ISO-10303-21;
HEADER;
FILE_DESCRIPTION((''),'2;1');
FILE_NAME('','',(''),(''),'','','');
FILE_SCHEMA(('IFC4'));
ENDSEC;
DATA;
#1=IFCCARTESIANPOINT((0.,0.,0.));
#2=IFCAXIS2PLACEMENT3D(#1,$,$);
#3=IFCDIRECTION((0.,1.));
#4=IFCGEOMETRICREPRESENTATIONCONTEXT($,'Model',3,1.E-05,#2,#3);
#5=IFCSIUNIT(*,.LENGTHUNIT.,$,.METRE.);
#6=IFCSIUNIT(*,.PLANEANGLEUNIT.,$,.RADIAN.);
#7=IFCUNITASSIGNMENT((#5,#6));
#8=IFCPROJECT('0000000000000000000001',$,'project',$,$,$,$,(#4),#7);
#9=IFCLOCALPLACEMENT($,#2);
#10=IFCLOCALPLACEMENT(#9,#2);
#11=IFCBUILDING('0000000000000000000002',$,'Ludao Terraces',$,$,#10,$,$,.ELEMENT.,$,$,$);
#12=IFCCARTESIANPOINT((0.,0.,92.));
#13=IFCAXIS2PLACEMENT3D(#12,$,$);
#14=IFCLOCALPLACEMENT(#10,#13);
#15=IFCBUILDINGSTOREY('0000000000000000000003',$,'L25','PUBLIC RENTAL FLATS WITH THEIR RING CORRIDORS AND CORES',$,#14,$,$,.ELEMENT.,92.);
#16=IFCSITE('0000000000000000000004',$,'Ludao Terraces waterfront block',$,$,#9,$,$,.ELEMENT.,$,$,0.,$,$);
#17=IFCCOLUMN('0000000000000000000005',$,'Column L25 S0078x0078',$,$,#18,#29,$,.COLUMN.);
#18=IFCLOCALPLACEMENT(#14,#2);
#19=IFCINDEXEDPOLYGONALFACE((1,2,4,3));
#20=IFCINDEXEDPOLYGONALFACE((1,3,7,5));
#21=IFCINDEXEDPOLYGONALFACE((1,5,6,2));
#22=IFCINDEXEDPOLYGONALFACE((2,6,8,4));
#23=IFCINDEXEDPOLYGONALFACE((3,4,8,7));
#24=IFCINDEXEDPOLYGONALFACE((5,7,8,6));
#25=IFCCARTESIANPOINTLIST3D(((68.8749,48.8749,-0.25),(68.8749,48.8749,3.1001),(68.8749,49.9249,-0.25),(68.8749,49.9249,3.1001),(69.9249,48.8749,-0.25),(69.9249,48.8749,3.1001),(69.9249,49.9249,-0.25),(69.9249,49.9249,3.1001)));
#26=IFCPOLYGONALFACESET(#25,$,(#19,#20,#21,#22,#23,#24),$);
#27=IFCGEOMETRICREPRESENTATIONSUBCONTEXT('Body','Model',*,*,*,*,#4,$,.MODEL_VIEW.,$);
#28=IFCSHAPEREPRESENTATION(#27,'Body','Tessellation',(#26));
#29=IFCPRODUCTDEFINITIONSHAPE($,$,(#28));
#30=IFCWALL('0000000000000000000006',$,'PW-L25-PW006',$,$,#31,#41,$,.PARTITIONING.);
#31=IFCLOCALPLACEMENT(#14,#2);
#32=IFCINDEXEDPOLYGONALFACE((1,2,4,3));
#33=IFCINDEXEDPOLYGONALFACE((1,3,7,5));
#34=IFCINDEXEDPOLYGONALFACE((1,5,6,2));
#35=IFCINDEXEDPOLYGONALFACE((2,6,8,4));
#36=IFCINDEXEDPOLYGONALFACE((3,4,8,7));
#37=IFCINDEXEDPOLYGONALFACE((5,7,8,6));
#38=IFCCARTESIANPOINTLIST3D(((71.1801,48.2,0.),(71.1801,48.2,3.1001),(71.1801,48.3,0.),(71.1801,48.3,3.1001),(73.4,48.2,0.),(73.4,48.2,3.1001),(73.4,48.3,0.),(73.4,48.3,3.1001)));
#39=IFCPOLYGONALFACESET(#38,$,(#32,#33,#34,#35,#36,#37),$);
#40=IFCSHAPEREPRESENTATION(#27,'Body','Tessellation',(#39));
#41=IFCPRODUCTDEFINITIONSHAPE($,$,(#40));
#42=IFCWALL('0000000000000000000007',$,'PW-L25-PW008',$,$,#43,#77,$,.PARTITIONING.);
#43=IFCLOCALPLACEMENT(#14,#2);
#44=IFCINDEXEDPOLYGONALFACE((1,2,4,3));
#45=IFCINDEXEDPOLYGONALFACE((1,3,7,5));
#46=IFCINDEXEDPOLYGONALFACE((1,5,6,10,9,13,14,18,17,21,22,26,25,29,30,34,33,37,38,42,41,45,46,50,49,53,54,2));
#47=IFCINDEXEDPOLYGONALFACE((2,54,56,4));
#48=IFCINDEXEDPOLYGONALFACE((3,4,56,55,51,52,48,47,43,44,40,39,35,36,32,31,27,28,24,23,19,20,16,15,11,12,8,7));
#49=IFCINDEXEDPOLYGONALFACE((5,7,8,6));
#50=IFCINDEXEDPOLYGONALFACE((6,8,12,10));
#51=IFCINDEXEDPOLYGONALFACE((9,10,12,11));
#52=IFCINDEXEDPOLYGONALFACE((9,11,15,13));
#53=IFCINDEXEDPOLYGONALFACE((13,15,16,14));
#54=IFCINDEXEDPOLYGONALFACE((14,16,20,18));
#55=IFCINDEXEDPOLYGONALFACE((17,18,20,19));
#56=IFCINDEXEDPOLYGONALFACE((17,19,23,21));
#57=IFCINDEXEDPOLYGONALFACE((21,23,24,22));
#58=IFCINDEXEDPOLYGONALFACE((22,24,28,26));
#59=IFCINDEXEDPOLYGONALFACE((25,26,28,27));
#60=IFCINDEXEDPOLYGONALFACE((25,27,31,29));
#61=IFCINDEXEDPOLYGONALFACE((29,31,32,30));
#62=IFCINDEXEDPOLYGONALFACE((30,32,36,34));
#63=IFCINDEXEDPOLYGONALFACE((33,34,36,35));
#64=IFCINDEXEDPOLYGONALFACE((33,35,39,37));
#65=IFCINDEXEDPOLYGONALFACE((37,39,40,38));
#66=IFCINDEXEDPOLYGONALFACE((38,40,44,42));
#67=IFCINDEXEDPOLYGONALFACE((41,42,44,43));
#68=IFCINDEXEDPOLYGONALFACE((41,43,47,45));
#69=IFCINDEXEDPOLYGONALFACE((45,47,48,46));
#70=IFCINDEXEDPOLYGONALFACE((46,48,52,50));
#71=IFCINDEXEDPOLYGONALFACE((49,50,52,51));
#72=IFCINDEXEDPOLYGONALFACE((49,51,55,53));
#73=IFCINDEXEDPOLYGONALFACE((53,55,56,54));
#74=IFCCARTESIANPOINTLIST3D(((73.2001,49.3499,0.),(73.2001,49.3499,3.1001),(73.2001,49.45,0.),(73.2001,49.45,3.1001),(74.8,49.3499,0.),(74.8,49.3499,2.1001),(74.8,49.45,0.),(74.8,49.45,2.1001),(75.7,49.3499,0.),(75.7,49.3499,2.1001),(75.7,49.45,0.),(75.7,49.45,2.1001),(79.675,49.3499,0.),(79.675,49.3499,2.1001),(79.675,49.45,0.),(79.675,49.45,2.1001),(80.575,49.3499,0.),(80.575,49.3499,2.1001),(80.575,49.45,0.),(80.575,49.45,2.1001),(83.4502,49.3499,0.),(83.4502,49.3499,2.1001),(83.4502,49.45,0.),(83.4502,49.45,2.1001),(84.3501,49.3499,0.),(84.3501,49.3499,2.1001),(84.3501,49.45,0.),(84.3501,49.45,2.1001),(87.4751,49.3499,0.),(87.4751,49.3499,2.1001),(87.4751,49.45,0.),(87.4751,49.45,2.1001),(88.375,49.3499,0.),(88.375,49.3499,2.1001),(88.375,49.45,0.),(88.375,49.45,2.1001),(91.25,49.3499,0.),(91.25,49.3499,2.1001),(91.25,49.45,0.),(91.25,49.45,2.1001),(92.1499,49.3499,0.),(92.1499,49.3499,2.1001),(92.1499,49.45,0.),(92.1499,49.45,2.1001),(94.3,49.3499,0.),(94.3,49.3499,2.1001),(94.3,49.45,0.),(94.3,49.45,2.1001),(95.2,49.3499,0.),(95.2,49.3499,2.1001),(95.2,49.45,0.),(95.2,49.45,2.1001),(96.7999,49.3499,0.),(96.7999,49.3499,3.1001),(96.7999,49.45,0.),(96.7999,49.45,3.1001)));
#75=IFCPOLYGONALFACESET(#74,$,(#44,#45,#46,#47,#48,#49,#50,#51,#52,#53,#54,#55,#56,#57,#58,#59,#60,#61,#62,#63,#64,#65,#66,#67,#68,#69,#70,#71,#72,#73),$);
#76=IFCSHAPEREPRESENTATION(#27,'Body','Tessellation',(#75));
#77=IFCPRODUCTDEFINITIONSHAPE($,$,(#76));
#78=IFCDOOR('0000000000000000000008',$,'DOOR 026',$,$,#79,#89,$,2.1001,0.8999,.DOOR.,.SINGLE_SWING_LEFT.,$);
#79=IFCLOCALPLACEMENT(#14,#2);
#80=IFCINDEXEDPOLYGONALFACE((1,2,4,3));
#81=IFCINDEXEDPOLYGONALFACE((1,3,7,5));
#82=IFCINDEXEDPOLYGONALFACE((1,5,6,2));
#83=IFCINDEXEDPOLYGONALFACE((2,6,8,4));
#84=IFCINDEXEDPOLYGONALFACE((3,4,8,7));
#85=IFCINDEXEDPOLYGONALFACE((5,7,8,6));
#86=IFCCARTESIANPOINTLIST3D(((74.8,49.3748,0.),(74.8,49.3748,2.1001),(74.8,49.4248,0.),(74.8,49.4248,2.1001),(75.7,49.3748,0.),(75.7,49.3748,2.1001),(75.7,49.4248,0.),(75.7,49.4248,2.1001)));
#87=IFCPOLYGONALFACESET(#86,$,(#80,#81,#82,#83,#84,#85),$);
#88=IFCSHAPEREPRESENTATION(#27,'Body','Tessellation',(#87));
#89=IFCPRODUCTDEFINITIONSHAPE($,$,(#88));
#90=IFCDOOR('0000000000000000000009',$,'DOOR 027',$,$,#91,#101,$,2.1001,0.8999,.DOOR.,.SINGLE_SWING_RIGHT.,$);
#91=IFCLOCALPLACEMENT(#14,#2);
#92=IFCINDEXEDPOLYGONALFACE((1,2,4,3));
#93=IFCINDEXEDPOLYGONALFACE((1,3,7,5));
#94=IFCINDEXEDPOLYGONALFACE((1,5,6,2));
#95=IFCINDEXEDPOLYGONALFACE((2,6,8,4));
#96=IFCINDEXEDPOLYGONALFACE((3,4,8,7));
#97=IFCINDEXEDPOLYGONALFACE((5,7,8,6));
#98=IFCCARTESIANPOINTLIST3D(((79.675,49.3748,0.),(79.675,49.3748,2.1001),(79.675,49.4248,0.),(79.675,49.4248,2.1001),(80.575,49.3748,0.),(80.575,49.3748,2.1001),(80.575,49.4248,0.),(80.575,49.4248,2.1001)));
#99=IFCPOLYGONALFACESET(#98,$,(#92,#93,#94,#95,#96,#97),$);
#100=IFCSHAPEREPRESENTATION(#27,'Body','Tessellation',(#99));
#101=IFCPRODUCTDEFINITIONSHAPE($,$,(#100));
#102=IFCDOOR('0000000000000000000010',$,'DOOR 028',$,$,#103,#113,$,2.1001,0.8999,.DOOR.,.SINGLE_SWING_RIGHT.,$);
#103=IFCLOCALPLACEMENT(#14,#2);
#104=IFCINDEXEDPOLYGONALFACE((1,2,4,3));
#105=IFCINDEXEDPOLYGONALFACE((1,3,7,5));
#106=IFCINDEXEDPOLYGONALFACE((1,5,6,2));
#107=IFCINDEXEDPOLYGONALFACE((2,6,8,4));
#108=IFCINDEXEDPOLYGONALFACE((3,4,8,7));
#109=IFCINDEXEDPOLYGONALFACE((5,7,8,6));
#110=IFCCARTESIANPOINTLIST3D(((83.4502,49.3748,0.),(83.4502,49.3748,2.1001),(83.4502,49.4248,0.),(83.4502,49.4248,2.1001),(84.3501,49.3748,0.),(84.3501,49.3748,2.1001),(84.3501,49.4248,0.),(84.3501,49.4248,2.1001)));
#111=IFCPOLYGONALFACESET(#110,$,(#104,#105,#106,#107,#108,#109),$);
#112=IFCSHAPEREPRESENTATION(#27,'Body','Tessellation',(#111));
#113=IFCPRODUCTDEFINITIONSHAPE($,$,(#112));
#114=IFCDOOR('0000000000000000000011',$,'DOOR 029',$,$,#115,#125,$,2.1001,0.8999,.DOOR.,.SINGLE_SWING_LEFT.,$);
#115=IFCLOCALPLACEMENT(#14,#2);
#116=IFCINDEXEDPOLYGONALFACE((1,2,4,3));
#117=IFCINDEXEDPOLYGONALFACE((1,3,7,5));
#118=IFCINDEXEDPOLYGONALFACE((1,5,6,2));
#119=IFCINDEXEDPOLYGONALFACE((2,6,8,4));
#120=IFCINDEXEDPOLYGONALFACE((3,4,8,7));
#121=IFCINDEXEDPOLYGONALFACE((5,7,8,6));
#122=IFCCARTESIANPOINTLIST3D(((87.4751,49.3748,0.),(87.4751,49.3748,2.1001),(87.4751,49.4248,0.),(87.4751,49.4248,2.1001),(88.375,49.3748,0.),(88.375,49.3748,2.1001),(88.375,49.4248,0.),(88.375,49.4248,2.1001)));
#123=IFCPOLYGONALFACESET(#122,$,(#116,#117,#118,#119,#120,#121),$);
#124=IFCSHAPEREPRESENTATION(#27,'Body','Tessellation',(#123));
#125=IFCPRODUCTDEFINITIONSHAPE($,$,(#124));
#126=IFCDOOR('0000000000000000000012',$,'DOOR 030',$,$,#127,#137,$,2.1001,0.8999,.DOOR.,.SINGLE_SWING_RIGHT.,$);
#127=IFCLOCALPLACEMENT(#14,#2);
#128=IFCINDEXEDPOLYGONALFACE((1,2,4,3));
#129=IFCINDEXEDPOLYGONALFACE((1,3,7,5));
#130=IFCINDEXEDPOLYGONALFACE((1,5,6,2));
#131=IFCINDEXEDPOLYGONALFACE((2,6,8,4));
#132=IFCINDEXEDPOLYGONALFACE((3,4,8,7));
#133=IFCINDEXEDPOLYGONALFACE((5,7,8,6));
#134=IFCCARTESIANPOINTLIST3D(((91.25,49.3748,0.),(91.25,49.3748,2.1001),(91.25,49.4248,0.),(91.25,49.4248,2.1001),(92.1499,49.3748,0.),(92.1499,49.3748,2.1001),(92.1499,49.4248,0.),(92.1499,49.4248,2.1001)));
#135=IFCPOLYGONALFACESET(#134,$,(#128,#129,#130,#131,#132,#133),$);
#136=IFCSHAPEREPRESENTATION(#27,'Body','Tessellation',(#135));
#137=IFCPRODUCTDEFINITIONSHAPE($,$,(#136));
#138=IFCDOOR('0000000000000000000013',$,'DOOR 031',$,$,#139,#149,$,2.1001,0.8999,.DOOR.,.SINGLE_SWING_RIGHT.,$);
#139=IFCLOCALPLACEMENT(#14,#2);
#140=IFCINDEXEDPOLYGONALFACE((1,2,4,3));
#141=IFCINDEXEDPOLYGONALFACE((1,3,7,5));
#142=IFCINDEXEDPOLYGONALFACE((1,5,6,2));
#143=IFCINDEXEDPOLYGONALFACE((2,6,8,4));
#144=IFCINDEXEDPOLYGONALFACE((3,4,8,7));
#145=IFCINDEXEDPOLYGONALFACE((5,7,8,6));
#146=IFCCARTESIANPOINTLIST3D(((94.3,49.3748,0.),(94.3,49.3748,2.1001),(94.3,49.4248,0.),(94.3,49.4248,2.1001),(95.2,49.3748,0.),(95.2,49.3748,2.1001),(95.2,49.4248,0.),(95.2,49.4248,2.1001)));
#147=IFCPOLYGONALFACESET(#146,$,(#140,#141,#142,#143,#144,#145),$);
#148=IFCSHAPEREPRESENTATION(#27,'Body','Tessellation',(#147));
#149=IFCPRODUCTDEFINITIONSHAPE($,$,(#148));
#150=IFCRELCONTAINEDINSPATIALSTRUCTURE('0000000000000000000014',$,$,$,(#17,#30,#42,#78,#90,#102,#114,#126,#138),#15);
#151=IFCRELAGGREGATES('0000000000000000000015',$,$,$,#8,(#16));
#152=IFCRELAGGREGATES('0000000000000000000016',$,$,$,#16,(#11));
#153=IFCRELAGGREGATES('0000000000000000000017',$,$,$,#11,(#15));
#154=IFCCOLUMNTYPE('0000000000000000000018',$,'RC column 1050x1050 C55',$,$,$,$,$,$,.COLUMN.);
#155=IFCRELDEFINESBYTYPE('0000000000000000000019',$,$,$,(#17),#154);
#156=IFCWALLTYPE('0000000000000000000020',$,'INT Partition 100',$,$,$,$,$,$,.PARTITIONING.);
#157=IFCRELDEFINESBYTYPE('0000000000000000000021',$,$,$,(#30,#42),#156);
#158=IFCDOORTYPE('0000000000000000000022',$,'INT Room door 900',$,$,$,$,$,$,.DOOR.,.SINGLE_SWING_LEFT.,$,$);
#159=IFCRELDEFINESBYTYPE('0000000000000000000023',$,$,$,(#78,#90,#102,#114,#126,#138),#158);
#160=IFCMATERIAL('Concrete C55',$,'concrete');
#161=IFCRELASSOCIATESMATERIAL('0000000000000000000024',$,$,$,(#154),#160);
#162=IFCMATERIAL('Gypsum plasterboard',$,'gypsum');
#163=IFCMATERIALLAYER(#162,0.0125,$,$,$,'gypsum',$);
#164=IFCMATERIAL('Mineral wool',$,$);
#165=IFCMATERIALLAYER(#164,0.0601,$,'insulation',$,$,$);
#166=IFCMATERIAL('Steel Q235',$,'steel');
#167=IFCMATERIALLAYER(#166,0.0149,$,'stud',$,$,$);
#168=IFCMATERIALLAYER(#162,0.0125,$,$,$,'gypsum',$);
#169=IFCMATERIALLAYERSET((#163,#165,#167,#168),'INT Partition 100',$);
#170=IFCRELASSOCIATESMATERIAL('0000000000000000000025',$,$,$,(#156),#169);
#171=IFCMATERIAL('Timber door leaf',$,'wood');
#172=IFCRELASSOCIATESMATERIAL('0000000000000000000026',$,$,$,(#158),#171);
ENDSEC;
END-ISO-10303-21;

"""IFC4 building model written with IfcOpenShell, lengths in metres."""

from ifc_helpers import new_model, si_unit, direction, frame, frame_2d, origin, origin_2d, place, context, subcontext, project, spatial, rectangle, extrude, material, layer, layer_set, material_profile, profile_set, type_object, element, fill, save


model = new_model("IFC4")

# Units and contexts
model_context = context("Model", 3, precision=1e-05, world=origin(), true_north=direction((0.0, 1.0)))
body_context = subcontext(model_context, "Body", "Model", "MODEL_VIEW")
ifc_project = project(units=[si_unit("LENGTHUNIT", "METRE"), si_unit("PLANEANGLEUNIT", "RADIAN")], contexts=[model_context])

# Site, building, storey
site_placement = place(None, origin())
site = spatial("IfcSite", under=ifc_project, at=site_placement, Name="Ludao Terraces waterfront block", CompositionType="ELEMENT", RefElevation=0.0)
building_placement = place(site_placement, origin())
building = spatial("IfcBuilding", under=site, at=building_placement, Name="Ludao Terraces", CompositionType="ELEMENT")
storey_placement = place(building_placement, frame((0.0, 0.0, 92.0)))
storey = spatial("IfcBuildingStorey", under=building, at=storey_placement, Name="L25", Description="PUBLIC RENTAL FLATS WITH THEIR RING CORRIDORS AND CORES", CompositionType="ELEMENT", Elevation=92.0)

# Column
ifc_material_1 = material(Name="Concrete C55", Category="concrete")
ifc_material_profile = material_profile(ifc_material_1, rectangle(XDim=1.05, YDim=1.05, at=origin_2d()), Name="1050 X 1050")
ifc_profile_set = profile_set([ifc_material_profile], Name="Concrete C55")
column_type = type_object("IfcColumnType", Name="RC column 1050x1050 C55", PredefinedType="COLUMN", material=ifc_profile_set)
column_placement = place(storey_placement, frame((69.3999, 49.3999, -0.25), z_axis=(0.0, 0.0, 1.0), x_axis=(1.0, 0.0, 0.0)))
element("IfcColumn", 1, at=column_placement, inside=storey, type_object=column_type, Name="Column L25 S0078x0078", PredefinedType="COLUMN", context=body_context, shape_type="SweptSolid", body=[
    extrude(rectangle(XDim=1.05, YDim=1.05, at=origin_2d()), origin(), (0.0, 0.0, 1.0), 3.3501),
])

# Wall
ifc_material_2 = material(Name="Gypsum plasterboard", Category="gypsum")
ifc_layer_1 = layer(ifc_material_2, 0.0125, Category="gypsum")
ifc_material_3 = material(Name="Mineral wool")
ifc_layer_2 = layer(ifc_material_3, 0.0601, Name="insulation")
ifc_material_4 = material(Name="Steel Q235", Category="steel")
ifc_layer_3 = layer(ifc_material_4, 0.0149, Name="stud")
ifc_layer_4 = layer(ifc_material_2, 0.0125, Category="gypsum")
ifc_layer_set = layer_set([ifc_layer_1, ifc_layer_2, ifc_layer_3, ifc_layer_4], Name="INT Partition 100")
wall_type = type_object("IfcWallType", Name="INT Partition 100", PredefinedType="PARTITIONING", material=ifc_layer_set)
wall_1_placement = place(storey_placement, frame((71.1802, 48.25, 0.0), z_axis=(0.0, 0.0, 1.0), x_axis=(1.0, 0.0, 0.0)))
element("IfcWall", 2, at=wall_1_placement, inside=storey, type_object=wall_type, Name="PW-L25-PW006", PredefinedType="PARTITIONING", context=body_context, shape_type="SweptSolid", body=[
    extrude(rectangle(XDim=2.22, YDim=0.1001, at=frame_2d((1.1099, 0.0))), origin(), (0.0, 0.0, 1.0), 3.1001),
])

# Wall, openings, doors
wall_2_placement = place(storey_placement, frame((73.2002, 49.3999, 0.0), z_axis=(0.0, 0.0, 1.0), x_axis=(1.0, 0.0, 0.0)))
wall_2 = element("IfcWall", 3, at=wall_2_placement, inside=storey, type_object=wall_type, Name="PW-L25-PW008", PredefinedType="PARTITIONING", context=body_context, shape_type="SweptSolid", body=[
    extrude(rectangle(XDim=23.5999, YDim=0.1001, at=frame_2d((11.7998, 0.0))), origin(), (0.0, 0.0, 1.0), 3.1001),
])
opening_1_placement = place(wall_2_placement, frame((1.5999, 0.0, 0.0)))
opening_1 = element("IfcOpeningElement", 4, at=opening_1_placement, cuts=wall_2, PredefinedType="OPENING", context=body_context, shape_type="SweptSolid", body=[
    extrude(rectangle(XDim=0.8999, YDim=2.1001, at=frame_2d((0.45, 1.05))), frame((0.0, 0.0601, 0.0), z_axis=(0.0, -1.0, 0.0), x_axis=(1.0, 0.0, 0.0)), (0.0, 0.0, 1.0), 0.1201),
])
opening_2_placement = place(wall_2_placement, frame((6.4749, 0.0, 0.0)))
opening_2 = element("IfcOpeningElement", 5, at=opening_2_placement, cuts=wall_2, PredefinedType="OPENING", context=body_context, shape_type="SweptSolid", body=[
    extrude(rectangle(XDim=0.8999, YDim=2.1001, at=frame_2d((0.45, 1.05))), frame((0.0, 0.0601, 0.0), z_axis=(0.0, -1.0, 0.0), x_axis=(1.0, 0.0, 0.0)), (0.0, 0.0, 1.0), 0.1201),
])
opening_3_placement = place(wall_2_placement, frame((10.25, 0.0, 0.0)))
opening_3 = element("IfcOpeningElement", 6, at=opening_3_placement, cuts=wall_2, PredefinedType="OPENING", context=body_context, shape_type="SweptSolid", body=[
    extrude(rectangle(XDim=0.8999, YDim=2.1001, at=frame_2d((0.45, 1.05))), frame((0.0, 0.0601, 0.0), z_axis=(0.0, -1.0, 0.0), x_axis=(1.0, 0.0, 0.0)), (0.0, 0.0, 1.0), 0.1201),
])
opening_4_placement = place(wall_2_placement, frame((14.2749, 0.0, 0.0)))
opening_4 = element("IfcOpeningElement", 7, at=opening_4_placement, cuts=wall_2, PredefinedType="OPENING", context=body_context, shape_type="SweptSolid", body=[
    extrude(rectangle(XDim=0.8999, YDim=2.1001, at=frame_2d((0.45, 1.05))), frame((0.0, 0.0601, 0.0), z_axis=(0.0, -1.0, 0.0), x_axis=(1.0, 0.0, 0.0)), (0.0, 0.0, 1.0), 0.1201),
])
opening_5_placement = place(wall_2_placement, frame((18.0498, 0.0, 0.0)))
opening_5 = element("IfcOpeningElement", 8, at=opening_5_placement, cuts=wall_2, PredefinedType="OPENING", context=body_context, shape_type="SweptSolid", body=[
    extrude(rectangle(XDim=0.8999, YDim=2.1001, at=frame_2d((0.45, 1.05))), frame((0.0, 0.0601, 0.0), z_axis=(0.0, -1.0, 0.0), x_axis=(1.0, 0.0, 0.0)), (0.0, 0.0, 1.0), 0.1201),
])
opening_6_placement = place(wall_2_placement, frame((21.0999, 0.0, 0.0)))
opening_6 = element("IfcOpeningElement", 9, at=opening_6_placement, cuts=wall_2, PredefinedType="OPENING", context=body_context, shape_type="SweptSolid", body=[
    extrude(rectangle(XDim=0.8999, YDim=2.1001, at=frame_2d((0.45, 1.05))), frame((0.0, 0.0601, 0.0), z_axis=(0.0, -1.0, 0.0), x_axis=(1.0, 0.0, 0.0)), (0.0, 0.0, 1.0), 0.1201),
])
ifc_material_5 = material(Name="Timber door leaf", Category="wood")
door_type = type_object("IfcDoorType", Name="INT Room door 900", OperationType="SINGLE_SWING_LEFT", PredefinedType="DOOR", material=ifc_material_5)
door_1_placement = place(opening_1_placement, origin())
door_1 = element("IfcDoor", 10, at=door_1_placement, inside=storey, type_object=door_type, Name="DOOR 026", OperationType="SINGLE_SWING_LEFT", OverallHeight=2.1001, OverallWidth=0.8999, PredefinedType="DOOR", context=body_context, shape_type="SweptSolid", body=[
    extrude(rectangle(XDim=0.8999, YDim=2.1001, at=frame_2d((0.45, 1.05))), frame((0.0, 0.0249, 0.0), z_axis=(0.0, -1.0, 0.0), x_axis=(1.0, 0.0, 0.0)), (0.0, 0.0, 1.0), 0.05),
])
fill(opening_1, door_1)
door_2_placement = place(opening_2_placement, origin())
door_2 = element("IfcDoor", 11, at=door_2_placement, inside=storey, type_object=door_type, Name="DOOR 027", OperationType="SINGLE_SWING_RIGHT", OverallHeight=2.1001, OverallWidth=0.8999, PredefinedType="DOOR", context=body_context, shape_type="SweptSolid", body=[
    extrude(rectangle(XDim=0.8999, YDim=2.1001, at=frame_2d((0.45, 1.05))), frame((0.0, 0.0249, 0.0), z_axis=(0.0, -1.0, 0.0), x_axis=(1.0, 0.0, 0.0)), (0.0, 0.0, 1.0), 0.05),
])
fill(opening_2, door_2)
door_3_placement = place(opening_3_placement, origin())
door_3 = element("IfcDoor", 12, at=door_3_placement, inside=storey, type_object=door_type, Name="DOOR 028", OperationType="SINGLE_SWING_RIGHT", OverallHeight=2.1001, OverallWidth=0.8999, PredefinedType="DOOR", context=body_context, shape_type="SweptSolid", body=[
    extrude(rectangle(XDim=0.8999, YDim=2.1001, at=frame_2d((0.45, 1.05))), frame((0.0, 0.0249, 0.0), z_axis=(0.0, -1.0, 0.0), x_axis=(1.0, 0.0, 0.0)), (0.0, 0.0, 1.0), 0.05),
])
fill(opening_3, door_3)
door_4_placement = place(opening_4_placement, origin())
door_4 = element("IfcDoor", 13, at=door_4_placement, inside=storey, type_object=door_type, Name="DOOR 029", OperationType="SINGLE_SWING_LEFT", OverallHeight=2.1001, OverallWidth=0.8999, PredefinedType="DOOR", context=body_context, shape_type="SweptSolid", body=[
    extrude(rectangle(XDim=0.8999, YDim=2.1001, at=frame_2d((0.45, 1.05))), frame((0.0, 0.0249, 0.0), z_axis=(0.0, -1.0, 0.0), x_axis=(1.0, 0.0, 0.0)), (0.0, 0.0, 1.0), 0.05),
])
fill(opening_4, door_4)
door_5_placement = place(opening_5_placement, origin())
door_5 = element("IfcDoor", 14, at=door_5_placement, inside=storey, type_object=door_type, Name="DOOR 030", OperationType="SINGLE_SWING_RIGHT", OverallHeight=2.1001, OverallWidth=0.8999, PredefinedType="DOOR", context=body_context, shape_type="SweptSolid", body=[
    extrude(rectangle(XDim=0.8999, YDim=2.1001, at=frame_2d((0.45, 1.05))), frame((0.0, 0.0249, 0.0), z_axis=(0.0, -1.0, 0.0), x_axis=(1.0, 0.0, 0.0)), (0.0, 0.0, 1.0), 0.05),
])
fill(opening_5, door_5)
door_6_placement = place(opening_6_placement, origin())
door_6 = element("IfcDoor", 15, at=door_6_placement, inside=storey, type_object=door_type, Name="DOOR 031", OperationType="SINGLE_SWING_RIGHT", OverallHeight=2.1001, OverallWidth=0.8999, PredefinedType="DOOR", context=body_context, shape_type="SweptSolid", body=[
    extrude(rectangle(XDim=0.8999, YDim=2.1001, at=frame_2d((0.45, 1.05))), frame((0.0, 0.0249, 0.0), z_axis=(0.0, -1.0, 0.0), x_axis=(1.0, 0.0, 0.0)), (0.0, 0.0, 1.0), 0.05),
])
fill(opening_6, door_6)

save(model, "model.ifc")
